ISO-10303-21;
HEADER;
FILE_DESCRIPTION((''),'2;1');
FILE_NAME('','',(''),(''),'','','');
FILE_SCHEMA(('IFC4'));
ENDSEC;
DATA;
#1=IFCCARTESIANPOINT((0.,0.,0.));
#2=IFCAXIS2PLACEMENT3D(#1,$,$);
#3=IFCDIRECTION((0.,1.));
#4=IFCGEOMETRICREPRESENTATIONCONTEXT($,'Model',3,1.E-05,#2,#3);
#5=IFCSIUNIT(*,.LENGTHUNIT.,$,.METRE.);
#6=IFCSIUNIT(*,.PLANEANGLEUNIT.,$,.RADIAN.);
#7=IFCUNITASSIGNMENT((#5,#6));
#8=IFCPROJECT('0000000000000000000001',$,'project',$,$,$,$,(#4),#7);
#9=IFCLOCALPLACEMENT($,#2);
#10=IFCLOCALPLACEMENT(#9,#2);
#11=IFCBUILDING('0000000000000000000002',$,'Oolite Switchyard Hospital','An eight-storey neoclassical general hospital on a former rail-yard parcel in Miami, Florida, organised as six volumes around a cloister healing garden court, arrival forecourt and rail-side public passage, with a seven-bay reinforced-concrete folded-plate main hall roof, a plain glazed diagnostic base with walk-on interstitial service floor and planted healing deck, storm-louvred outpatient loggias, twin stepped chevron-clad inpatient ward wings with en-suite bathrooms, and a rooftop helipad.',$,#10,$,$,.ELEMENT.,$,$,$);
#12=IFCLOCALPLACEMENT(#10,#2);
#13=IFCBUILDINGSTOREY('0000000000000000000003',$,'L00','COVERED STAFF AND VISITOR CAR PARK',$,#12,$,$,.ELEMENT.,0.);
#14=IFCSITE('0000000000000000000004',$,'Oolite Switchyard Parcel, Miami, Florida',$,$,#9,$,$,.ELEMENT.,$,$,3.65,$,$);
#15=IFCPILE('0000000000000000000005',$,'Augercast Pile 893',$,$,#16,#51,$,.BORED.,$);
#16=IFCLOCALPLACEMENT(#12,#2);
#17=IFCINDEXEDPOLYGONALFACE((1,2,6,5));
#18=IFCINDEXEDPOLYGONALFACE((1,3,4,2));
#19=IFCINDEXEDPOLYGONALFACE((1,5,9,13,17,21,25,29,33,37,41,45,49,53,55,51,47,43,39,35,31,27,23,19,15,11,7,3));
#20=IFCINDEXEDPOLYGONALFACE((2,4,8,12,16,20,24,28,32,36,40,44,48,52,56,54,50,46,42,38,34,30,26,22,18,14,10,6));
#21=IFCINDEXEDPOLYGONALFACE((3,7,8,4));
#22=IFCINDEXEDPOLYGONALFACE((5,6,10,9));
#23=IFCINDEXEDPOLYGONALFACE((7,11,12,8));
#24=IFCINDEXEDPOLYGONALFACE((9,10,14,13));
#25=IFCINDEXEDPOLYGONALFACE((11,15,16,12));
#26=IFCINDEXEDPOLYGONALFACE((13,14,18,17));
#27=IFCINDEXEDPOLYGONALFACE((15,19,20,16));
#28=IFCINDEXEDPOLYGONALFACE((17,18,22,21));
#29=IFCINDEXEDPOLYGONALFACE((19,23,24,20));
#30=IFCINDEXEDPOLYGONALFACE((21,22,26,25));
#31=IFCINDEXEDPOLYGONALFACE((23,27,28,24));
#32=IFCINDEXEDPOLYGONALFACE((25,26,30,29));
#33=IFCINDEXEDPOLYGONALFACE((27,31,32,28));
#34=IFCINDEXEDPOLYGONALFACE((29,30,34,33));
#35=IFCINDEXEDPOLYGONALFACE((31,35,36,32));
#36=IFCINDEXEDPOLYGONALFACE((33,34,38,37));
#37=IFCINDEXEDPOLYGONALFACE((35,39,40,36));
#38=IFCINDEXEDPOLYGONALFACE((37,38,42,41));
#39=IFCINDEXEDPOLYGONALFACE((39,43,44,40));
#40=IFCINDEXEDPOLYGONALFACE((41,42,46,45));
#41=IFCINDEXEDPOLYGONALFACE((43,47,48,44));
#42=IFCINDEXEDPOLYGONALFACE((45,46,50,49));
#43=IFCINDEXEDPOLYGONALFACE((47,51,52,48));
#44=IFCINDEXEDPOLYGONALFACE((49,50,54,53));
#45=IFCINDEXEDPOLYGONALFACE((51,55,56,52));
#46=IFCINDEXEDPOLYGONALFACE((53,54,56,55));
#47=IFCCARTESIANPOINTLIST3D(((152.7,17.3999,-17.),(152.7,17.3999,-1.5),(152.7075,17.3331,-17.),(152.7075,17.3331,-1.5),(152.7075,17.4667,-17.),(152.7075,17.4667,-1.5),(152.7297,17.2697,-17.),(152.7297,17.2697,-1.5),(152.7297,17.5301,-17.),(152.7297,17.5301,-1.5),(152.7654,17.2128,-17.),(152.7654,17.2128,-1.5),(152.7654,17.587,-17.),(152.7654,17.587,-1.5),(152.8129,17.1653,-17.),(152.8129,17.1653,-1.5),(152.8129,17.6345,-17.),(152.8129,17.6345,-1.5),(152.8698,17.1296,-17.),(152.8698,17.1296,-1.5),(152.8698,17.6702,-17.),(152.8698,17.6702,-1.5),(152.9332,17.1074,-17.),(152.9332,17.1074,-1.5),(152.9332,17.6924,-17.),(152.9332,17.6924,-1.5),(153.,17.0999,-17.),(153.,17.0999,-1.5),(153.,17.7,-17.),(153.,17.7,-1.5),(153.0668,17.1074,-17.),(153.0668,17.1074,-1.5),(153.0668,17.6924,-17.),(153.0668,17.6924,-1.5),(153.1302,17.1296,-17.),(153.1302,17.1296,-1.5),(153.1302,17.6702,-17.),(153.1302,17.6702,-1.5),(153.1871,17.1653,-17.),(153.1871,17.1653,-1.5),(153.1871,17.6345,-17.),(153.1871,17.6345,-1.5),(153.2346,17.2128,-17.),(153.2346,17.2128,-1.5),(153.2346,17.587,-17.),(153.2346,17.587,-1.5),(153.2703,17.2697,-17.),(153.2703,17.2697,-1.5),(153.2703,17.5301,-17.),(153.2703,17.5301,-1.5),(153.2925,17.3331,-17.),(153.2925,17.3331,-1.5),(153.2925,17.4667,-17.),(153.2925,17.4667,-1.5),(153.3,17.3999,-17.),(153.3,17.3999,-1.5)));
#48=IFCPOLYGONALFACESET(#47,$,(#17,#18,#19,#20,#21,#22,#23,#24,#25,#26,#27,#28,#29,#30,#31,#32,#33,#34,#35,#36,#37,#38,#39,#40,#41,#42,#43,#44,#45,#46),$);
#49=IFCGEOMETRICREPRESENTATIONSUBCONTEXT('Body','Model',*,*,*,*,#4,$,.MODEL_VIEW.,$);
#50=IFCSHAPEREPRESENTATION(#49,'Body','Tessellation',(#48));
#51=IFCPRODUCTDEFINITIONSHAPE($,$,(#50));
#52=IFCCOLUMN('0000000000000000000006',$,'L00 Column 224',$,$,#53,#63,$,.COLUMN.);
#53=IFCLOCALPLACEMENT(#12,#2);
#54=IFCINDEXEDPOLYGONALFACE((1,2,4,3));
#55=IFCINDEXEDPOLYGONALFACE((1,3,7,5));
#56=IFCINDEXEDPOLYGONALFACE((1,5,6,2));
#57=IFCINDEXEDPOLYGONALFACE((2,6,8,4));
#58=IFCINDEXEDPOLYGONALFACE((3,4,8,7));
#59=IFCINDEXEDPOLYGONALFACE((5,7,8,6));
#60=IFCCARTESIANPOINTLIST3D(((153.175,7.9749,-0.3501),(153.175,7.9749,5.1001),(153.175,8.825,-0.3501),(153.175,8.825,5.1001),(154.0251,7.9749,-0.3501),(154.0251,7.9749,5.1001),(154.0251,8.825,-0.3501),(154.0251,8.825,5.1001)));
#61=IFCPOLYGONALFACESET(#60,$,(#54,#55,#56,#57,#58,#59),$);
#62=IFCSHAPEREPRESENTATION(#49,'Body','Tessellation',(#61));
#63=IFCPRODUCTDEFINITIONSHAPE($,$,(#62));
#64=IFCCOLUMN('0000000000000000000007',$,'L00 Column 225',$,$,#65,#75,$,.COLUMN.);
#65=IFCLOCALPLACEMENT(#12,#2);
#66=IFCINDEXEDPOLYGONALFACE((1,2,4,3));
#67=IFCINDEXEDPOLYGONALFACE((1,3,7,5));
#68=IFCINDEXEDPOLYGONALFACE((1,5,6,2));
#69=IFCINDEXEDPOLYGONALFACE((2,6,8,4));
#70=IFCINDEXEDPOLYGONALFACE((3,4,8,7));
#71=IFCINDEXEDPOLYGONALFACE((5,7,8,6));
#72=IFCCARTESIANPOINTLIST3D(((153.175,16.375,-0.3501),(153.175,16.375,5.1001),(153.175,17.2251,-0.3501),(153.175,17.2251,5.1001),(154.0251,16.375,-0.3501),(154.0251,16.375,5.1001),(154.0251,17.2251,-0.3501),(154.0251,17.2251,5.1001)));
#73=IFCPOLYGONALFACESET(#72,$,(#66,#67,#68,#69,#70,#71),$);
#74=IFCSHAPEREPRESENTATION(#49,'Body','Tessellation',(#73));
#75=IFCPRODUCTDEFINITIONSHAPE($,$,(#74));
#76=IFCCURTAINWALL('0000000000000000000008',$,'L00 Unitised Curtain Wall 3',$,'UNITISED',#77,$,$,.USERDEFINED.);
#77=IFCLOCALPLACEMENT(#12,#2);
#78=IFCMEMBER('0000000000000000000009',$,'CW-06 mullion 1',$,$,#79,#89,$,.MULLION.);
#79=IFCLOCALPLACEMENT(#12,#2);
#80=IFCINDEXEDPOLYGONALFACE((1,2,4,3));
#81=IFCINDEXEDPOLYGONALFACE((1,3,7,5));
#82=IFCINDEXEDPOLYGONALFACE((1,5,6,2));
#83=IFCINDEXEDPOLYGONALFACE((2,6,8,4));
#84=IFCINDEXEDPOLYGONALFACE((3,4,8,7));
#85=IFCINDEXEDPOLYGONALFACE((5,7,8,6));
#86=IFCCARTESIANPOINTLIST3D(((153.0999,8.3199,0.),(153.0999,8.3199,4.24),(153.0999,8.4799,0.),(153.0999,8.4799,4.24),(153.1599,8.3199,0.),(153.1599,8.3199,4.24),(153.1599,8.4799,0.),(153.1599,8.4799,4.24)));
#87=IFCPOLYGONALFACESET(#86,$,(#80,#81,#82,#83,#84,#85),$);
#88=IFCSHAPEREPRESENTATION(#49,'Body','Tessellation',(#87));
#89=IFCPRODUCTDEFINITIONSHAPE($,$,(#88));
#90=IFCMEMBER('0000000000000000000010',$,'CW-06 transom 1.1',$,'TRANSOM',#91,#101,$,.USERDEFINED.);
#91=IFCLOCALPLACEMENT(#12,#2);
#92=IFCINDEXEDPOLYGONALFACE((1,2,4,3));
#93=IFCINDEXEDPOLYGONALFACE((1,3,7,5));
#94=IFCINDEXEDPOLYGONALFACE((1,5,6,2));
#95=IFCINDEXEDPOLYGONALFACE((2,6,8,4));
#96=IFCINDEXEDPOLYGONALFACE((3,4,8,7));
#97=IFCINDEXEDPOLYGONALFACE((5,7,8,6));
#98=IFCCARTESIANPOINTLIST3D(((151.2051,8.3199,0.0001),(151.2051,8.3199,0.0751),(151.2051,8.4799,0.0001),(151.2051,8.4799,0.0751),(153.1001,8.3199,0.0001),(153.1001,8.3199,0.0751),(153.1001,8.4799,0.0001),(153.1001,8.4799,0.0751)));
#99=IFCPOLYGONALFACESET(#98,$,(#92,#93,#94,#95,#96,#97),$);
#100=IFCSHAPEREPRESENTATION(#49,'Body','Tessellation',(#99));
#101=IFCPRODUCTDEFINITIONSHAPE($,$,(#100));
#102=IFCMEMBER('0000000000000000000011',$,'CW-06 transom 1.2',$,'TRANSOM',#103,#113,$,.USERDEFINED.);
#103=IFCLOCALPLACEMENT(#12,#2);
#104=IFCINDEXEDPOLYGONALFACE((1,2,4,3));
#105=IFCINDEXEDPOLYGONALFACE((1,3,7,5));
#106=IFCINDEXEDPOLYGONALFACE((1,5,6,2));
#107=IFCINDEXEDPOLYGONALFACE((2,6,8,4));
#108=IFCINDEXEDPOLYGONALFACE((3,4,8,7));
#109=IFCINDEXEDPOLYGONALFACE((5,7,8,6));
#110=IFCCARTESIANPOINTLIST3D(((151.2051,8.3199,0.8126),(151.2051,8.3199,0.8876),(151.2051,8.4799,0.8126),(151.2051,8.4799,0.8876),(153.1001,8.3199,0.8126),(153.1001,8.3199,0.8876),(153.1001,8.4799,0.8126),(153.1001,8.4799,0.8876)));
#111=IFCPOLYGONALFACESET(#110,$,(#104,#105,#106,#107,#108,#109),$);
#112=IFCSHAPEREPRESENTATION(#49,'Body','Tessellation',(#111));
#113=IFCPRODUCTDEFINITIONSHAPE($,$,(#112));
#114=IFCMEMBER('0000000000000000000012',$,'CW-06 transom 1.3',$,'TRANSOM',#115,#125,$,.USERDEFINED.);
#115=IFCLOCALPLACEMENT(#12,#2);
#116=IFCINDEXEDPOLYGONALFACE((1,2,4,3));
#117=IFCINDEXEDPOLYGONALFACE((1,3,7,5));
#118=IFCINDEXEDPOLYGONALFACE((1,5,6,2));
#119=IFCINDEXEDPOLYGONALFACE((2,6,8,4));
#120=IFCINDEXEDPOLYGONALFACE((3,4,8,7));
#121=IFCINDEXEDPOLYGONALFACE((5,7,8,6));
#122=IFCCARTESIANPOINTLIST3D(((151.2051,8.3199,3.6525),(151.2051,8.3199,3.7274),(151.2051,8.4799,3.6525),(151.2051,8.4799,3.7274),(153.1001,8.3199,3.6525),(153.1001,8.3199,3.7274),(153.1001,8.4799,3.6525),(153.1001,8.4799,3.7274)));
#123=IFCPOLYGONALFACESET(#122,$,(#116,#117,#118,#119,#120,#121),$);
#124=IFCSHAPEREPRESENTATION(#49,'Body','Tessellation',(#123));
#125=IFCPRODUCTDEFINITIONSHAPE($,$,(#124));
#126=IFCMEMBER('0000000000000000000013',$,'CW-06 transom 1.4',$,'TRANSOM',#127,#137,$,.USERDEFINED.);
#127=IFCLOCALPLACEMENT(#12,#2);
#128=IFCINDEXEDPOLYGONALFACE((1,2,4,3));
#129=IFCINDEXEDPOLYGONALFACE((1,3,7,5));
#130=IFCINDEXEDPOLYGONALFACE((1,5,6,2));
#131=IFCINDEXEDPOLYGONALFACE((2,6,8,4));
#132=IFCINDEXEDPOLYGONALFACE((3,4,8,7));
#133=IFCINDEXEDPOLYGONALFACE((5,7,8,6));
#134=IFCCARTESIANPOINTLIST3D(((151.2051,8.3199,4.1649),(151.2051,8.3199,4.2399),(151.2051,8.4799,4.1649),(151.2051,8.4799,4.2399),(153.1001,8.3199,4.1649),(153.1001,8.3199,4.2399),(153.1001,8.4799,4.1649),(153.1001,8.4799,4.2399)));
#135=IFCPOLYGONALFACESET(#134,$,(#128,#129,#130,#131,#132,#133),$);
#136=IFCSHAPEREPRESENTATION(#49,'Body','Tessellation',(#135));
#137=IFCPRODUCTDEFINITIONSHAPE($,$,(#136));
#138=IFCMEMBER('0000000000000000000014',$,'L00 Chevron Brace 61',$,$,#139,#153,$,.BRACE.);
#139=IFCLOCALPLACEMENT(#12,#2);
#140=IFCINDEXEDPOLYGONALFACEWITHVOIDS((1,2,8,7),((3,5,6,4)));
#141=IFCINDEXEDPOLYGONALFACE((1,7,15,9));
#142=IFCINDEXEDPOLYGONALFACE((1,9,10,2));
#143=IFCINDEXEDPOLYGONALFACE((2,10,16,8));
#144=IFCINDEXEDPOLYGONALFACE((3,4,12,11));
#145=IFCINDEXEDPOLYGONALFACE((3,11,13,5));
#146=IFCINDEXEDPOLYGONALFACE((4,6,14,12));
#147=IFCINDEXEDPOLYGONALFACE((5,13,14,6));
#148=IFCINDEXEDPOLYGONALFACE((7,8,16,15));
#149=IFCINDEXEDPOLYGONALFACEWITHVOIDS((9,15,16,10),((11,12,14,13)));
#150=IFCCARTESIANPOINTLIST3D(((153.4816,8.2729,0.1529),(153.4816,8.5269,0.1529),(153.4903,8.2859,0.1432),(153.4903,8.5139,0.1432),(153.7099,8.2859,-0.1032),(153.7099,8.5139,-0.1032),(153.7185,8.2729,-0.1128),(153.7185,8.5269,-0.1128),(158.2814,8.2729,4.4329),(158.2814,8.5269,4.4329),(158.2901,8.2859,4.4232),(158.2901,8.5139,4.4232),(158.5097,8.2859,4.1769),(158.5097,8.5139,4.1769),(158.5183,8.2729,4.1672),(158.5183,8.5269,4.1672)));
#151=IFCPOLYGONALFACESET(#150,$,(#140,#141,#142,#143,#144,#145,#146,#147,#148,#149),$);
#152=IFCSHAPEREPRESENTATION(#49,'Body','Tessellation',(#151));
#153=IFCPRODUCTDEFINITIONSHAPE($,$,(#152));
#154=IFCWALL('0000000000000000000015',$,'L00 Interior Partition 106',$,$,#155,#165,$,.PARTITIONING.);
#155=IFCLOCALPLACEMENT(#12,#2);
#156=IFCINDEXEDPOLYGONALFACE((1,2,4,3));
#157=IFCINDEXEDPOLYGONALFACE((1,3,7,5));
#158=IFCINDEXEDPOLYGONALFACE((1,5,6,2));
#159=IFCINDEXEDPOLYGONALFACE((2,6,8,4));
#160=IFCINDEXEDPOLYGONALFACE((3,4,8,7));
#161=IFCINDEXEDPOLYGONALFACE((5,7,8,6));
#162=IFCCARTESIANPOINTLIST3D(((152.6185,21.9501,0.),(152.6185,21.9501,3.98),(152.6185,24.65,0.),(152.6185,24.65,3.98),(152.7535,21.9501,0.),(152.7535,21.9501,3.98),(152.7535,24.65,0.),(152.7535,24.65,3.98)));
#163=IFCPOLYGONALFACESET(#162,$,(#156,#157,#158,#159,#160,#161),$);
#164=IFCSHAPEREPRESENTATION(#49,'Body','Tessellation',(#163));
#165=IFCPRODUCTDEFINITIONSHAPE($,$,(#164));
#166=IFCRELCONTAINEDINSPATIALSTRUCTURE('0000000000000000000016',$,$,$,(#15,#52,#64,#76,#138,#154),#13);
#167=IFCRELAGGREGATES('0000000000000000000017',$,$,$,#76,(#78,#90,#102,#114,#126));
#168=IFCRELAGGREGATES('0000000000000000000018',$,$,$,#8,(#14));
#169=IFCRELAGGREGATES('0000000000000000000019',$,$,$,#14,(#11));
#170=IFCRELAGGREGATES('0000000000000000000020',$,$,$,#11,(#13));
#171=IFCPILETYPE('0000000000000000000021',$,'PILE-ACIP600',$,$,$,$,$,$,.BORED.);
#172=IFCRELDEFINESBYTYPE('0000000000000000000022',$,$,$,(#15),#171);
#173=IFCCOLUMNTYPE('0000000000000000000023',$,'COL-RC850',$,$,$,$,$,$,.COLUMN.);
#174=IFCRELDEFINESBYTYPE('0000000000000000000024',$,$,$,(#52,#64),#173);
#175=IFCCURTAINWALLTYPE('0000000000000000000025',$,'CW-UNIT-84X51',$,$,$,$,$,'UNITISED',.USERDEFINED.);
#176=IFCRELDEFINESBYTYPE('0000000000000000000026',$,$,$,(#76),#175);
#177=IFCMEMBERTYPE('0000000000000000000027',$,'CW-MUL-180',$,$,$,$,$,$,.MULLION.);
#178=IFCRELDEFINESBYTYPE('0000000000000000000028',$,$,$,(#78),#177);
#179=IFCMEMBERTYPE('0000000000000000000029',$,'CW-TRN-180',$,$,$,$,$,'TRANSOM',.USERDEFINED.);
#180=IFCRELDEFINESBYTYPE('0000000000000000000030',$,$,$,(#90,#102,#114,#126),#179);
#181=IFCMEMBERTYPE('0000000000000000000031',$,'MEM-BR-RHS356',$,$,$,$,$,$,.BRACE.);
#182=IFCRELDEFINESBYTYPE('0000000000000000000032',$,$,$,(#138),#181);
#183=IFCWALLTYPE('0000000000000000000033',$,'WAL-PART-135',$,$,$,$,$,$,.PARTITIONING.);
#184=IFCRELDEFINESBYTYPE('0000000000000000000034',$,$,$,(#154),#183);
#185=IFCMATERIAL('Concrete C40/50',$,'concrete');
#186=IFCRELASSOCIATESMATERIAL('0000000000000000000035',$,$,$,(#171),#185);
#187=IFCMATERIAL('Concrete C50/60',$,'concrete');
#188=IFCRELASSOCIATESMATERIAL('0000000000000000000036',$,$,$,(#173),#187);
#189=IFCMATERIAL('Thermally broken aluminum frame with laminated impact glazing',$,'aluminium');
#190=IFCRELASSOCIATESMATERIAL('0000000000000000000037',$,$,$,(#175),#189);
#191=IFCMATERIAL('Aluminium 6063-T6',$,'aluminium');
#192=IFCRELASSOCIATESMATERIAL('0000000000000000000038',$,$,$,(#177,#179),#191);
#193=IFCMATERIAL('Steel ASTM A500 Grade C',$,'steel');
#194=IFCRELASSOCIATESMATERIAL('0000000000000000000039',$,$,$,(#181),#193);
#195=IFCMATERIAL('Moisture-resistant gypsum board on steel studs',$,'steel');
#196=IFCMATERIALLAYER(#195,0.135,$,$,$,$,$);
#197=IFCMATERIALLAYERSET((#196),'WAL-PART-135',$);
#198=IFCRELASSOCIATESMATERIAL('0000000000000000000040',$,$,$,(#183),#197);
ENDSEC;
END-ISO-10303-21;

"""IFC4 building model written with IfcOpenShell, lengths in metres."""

from ifc_helpers import new_model, si_unit, direction, frame, frame_2d, origin, origin_2d, place, context, subcontext, project, spatial, rectangle, hollow_rectangle, circle, extrude, material, layer, layer_set, material_profile, profile_set, type_object, element, aggregate, save


model = new_model("IFC4")

# Units and contexts
model_context = context("Model", 3, precision=1e-05, world=origin(), true_north=direction((0.0, 1.0)))
body_context = subcontext(model_context, "Body", "Model", "MODEL_VIEW")
ifc_project = project(units=[si_unit("LENGTHUNIT", "METRE"), si_unit("PLANEANGLEUNIT", "RADIAN")], contexts=[model_context])

# Site, building, storey
site_placement = place(None, origin())
site = spatial("IfcSite", under=ifc_project, at=site_placement, Name="Oolite Switchyard Parcel, Miami, Florida", CompositionType="ELEMENT", RefElevation=3.65)
building_placement = place(site_placement, origin())
building = spatial("IfcBuilding", under=site, at=building_placement, Name="Oolite Switchyard Hospital", Description="An eight-storey neoclassical general hospital on a former rail-yard parcel in Miami, Florida, organised as six volumes around a cloister healing garden court, arrival forecourt and rail-side public passage, with a seven-bay reinforced-concrete folded-plate main hall roof, a plain glazed diagnostic base with walk-on interstitial service floor and planted healing deck, storm-louvred outpatient loggias, twin stepped chevron-clad inpatient ward wings with en-suite bathrooms, and a rooftop helipad.", CompositionType="ELEMENT")
storey_placement = place(building_placement, origin())
storey = spatial("IfcBuildingStorey", under=building, at=storey_placement, Name="L00", Description="COVERED STAFF AND VISITOR CAR PARK", CompositionType="ELEMENT", Elevation=0.0)

# Shared definitions
ifc_material_1 = material(Name="Concrete C40/50", Category="concrete")

# Pile
ifc_material_profile_1 = material_profile(ifc_material_1, circle(Radius=0.3, at=origin_2d()), Name="PILE600")
ifc_profile_set_1 = profile_set([ifc_material_profile_1], Name="Concrete C40/50")
pile_type = type_object("IfcPileType", Name="PILE-ACIP600", PredefinedType="BORED", material=ifc_profile_set_1)
for number, where, z_axis, x_axis, name in (
    (1, (153.0, 17.3999, -1.5), (0.0, 0.0, -1.0), (1.0, 0.0, 0.0), "Augercast Pile 893"),
):
    element("IfcPile", number, at=place(storey_placement, frame(where, z_axis=z_axis, x_axis=x_axis)), inside=storey, type_object=pile_type, Name=name, PredefinedType="BORED", context=body_context, shape_type="SweptSolid", body=[
        extrude(circle(Radius=0.3, at=origin_2d()), origin(), (0.0, 0.0, 1.0), 15.5),
    ])

# Columns
ifc_material_2 = material(Name="Concrete C50/60", Category="concrete")
ifc_material_profile_2 = material_profile(ifc_material_2, rectangle(XDim=0.8501, YDim=0.8501, at=origin_2d()), Name="RC850X850")
ifc_profile_set_2 = profile_set([ifc_material_profile_2], Name="Concrete C50/60")
column_type = type_object("IfcColumnType", Name="COL-RC850", PredefinedType="COLUMN", material=ifc_profile_set_2)
for number, where, z_axis, x_axis, name in (
    (2, (153.6001, 8.3999, -0.3501), (0.0, 0.0, 1.0), (1.0, 0.0, 0.0), "L00 Column 224"),
    (3, (153.6001, 16.8, -0.3501), (0.0, 0.0, 1.0), (1.0, 0.0, 0.0), "L00 Column 225"),
):
    element("IfcColumn", number, at=place(storey_placement, frame(where, z_axis=z_axis, x_axis=x_axis)), inside=storey, type_object=column_type, Name=name, PredefinedType="COLUMN", context=body_context, shape_type="SweptSolid", body=[
        extrude(rectangle(XDim=0.8501, YDim=0.8501, at=origin_2d()), origin(), (0.0, 0.0, 1.0), 5.4502),
    ])

# Curtain wall, members
ifc_material_3 = material(Name="Thermally broken aluminum frame with laminated impact glazing", Category="aluminium")
curtain_wall_type = type_object("IfcCurtainWallType", Name="CW-UNIT-84X51", ElementType="UNITISED", PredefinedType="USERDEFINED", material=ifc_material_3)
curtain_wall_placement = place(storey_placement, origin())
curtain_wall = element("IfcCurtainWall", 4, at=curtain_wall_placement, inside=storey, type_object=curtain_wall_type, Name="L00 Unitised Curtain Wall 3", ObjectType="UNITISED", PredefinedType="USERDEFINED")
ifc_material_4 = material(Name="Aluminium 6063-T6", Category="aluminium")
ifc_material_profile_3 = material_profile(ifc_material_4, rectangle(XDim=0.1599, YDim=0.0601, at=origin_2d()), Name="CWM60X160")
ifc_profile_set_3 = profile_set([ifc_material_profile_3], Name="Aluminium 6063-T6")
member_type_1 = type_object("IfcMemberType", Name="CW-MUL-180", PredefinedType="MULLION", material=ifc_profile_set_3)
member_1_placement = place(storey_placement, frame((153.1299, 8.3999, 0.0), z_axis=(0.0, 0.0, 1.0), x_axis=(0.0, -1.0, 0.0)))
member_1 = element("IfcMember", 5, at=member_1_placement, type_object=member_type_1, Name="CW-06 mullion 1", PredefinedType="MULLION", context=body_context, shape_type="SweptSolid", body=[
    extrude(rectangle(XDim=0.1599, YDim=0.0601, at=origin_2d()), origin(), (0.0, 0.0, 1.0), 4.24),
])
ifc_material_profile_4 = material_profile(ifc_material_4, rectangle(XDim=0.1599, YDim=0.075, at=origin_2d()), Name="CWT75X160")
ifc_profile_set_4 = profile_set([ifc_material_profile_4], Name="Aluminium 6063-T6")
member_type_2 = type_object("IfcMemberType", Name="CW-TRN-180", ElementType="TRANSOM", PredefinedType="USERDEFINED", material=ifc_profile_set_4)
member_2_placement = place(storey_placement, frame((153.1001, 8.3999, 0.0376), z_axis=(-1.0, 0.0, 0.0), x_axis=(0.0, -1.0, 0.0)))
member_2 = element("IfcMember", 6, at=member_2_placement, type_object=member_type_2, Name="CW-06 transom 1.1", ObjectType="TRANSOM", PredefinedType="USERDEFINED", context=body_context, shape_type="SweptSolid", body=[
    extrude(rectangle(XDim=0.1599, YDim=0.075, at=origin_2d()), origin(), (0.0, 0.0, 1.0), 1.895),
])
member_3_placement = place(storey_placement, frame((153.1001, 8.3999, 0.8501), z_axis=(-1.0, 0.0, 0.0), x_axis=(0.0, -1.0, 0.0)))
member_3 = element("IfcMember", 7, at=member_3_placement, type_object=member_type_2, Name="CW-06 transom 1.2", ObjectType="TRANSOM", PredefinedType="USERDEFINED", context=body_context, shape_type="SweptSolid", body=[
    extrude(rectangle(XDim=0.1599, YDim=0.075, at=origin_2d()), origin(), (0.0, 0.0, 1.0), 1.895),
])
member_4_placement = place(storey_placement, frame((153.1001, 8.3999, 3.6899), z_axis=(-1.0, 0.0, 0.0), x_axis=(0.0, -1.0, 0.0)))
member_4 = element("IfcMember", 8, at=member_4_placement, type_object=member_type_2, Name="CW-06 transom 1.3", ObjectType="TRANSOM", PredefinedType="USERDEFINED", context=body_context, shape_type="SweptSolid", body=[
    extrude(rectangle(XDim=0.1599, YDim=0.075, at=origin_2d()), origin(), (0.0, 0.0, 1.0), 1.895),
])
member_5_placement = place(storey_placement, frame((153.1001, 8.3999, 4.2024), z_axis=(-1.0, 0.0, 0.0), x_axis=(0.0, -1.0, 0.0)))
member_5 = element("IfcMember", 9, at=member_5_placement, type_object=member_type_2, Name="CW-06 transom 1.4", ObjectType="TRANSOM", PredefinedType="USERDEFINED", context=body_context, shape_type="SweptSolid", body=[
    extrude(rectangle(XDim=0.1599, YDim=0.075, at=origin_2d()), origin(), (0.0, 0.0, 1.0), 1.895),
])
aggregate(curtain_wall, [member_1, member_2, member_3, member_4, member_5])

# Member
ifc_material_5 = material(Name="Steel ASTM A500 Grade C", Category="steel")
ifc_material_profile_5 = material_profile(ifc_material_5, hollow_rectangle(XDim=0.2539, YDim=0.356, WallThickness=0.0129, at=origin_2d()), Name="HSS356X254X13")
ifc_profile_set_5 = profile_set([ifc_material_profile_5], Name="Steel ASTM A500 Grade C")
member_type_3 = type_object("IfcMemberType", Name="MEM-BR-RHS356", PredefinedType="BRACE", material=ifc_profile_set_5)
member_6_placement = place(storey_placement, frame((153.6001, 8.3999, 0.02), z_axis=(0.746363, 0.0, 0.665539), x_axis=(0.0, 1.0, 0.0)))
element("IfcMember", 10, at=member_6_placement, inside=storey, type_object=member_type_3, Name="L00 Chevron Brace 61", PredefinedType="BRACE", context=body_context, shape_type="SweptSolid", body=[
    extrude(hollow_rectangle(XDim=0.2539, YDim=0.356, WallThickness=0.0129, at=origin_2d()), origin(), (0.0, 0.0, 1.0), 6.4309),
])

# Wall
ifc_material_6 = material(Name="Moisture-resistant gypsum board on steel studs", Category="steel")
ifc_layer_1 = layer(ifc_material_6, 0.135)
ifc_layer_set_1 = layer_set([ifc_layer_1], Name="WAL-PART-135")
wall_type_1 = type_object("IfcWallType", Name="WAL-PART-135", PredefinedType="PARTITIONING", material=ifc_layer_set_1)
wall_1_placement = place(storey_placement, frame((152.686, 21.95, 0.0), z_axis=(0.0, 0.0, 1.0), x_axis=(0.0, 1.0, 0.0)))
element("IfcWall", 11, at=wall_1_placement, inside=storey, type_object=wall_type_1, Name="L00 Interior Partition 106", PredefinedType="PARTITIONING", context=body_context, shape_type="SweptSolid", body=[
    extrude(rectangle(XDim=2.7, YDim=0.135, at=frame_2d((1.3501, 0.0))), origin(), (0.0, 0.0, 1.0), 3.98),
])

save(model, "model.ifc")
